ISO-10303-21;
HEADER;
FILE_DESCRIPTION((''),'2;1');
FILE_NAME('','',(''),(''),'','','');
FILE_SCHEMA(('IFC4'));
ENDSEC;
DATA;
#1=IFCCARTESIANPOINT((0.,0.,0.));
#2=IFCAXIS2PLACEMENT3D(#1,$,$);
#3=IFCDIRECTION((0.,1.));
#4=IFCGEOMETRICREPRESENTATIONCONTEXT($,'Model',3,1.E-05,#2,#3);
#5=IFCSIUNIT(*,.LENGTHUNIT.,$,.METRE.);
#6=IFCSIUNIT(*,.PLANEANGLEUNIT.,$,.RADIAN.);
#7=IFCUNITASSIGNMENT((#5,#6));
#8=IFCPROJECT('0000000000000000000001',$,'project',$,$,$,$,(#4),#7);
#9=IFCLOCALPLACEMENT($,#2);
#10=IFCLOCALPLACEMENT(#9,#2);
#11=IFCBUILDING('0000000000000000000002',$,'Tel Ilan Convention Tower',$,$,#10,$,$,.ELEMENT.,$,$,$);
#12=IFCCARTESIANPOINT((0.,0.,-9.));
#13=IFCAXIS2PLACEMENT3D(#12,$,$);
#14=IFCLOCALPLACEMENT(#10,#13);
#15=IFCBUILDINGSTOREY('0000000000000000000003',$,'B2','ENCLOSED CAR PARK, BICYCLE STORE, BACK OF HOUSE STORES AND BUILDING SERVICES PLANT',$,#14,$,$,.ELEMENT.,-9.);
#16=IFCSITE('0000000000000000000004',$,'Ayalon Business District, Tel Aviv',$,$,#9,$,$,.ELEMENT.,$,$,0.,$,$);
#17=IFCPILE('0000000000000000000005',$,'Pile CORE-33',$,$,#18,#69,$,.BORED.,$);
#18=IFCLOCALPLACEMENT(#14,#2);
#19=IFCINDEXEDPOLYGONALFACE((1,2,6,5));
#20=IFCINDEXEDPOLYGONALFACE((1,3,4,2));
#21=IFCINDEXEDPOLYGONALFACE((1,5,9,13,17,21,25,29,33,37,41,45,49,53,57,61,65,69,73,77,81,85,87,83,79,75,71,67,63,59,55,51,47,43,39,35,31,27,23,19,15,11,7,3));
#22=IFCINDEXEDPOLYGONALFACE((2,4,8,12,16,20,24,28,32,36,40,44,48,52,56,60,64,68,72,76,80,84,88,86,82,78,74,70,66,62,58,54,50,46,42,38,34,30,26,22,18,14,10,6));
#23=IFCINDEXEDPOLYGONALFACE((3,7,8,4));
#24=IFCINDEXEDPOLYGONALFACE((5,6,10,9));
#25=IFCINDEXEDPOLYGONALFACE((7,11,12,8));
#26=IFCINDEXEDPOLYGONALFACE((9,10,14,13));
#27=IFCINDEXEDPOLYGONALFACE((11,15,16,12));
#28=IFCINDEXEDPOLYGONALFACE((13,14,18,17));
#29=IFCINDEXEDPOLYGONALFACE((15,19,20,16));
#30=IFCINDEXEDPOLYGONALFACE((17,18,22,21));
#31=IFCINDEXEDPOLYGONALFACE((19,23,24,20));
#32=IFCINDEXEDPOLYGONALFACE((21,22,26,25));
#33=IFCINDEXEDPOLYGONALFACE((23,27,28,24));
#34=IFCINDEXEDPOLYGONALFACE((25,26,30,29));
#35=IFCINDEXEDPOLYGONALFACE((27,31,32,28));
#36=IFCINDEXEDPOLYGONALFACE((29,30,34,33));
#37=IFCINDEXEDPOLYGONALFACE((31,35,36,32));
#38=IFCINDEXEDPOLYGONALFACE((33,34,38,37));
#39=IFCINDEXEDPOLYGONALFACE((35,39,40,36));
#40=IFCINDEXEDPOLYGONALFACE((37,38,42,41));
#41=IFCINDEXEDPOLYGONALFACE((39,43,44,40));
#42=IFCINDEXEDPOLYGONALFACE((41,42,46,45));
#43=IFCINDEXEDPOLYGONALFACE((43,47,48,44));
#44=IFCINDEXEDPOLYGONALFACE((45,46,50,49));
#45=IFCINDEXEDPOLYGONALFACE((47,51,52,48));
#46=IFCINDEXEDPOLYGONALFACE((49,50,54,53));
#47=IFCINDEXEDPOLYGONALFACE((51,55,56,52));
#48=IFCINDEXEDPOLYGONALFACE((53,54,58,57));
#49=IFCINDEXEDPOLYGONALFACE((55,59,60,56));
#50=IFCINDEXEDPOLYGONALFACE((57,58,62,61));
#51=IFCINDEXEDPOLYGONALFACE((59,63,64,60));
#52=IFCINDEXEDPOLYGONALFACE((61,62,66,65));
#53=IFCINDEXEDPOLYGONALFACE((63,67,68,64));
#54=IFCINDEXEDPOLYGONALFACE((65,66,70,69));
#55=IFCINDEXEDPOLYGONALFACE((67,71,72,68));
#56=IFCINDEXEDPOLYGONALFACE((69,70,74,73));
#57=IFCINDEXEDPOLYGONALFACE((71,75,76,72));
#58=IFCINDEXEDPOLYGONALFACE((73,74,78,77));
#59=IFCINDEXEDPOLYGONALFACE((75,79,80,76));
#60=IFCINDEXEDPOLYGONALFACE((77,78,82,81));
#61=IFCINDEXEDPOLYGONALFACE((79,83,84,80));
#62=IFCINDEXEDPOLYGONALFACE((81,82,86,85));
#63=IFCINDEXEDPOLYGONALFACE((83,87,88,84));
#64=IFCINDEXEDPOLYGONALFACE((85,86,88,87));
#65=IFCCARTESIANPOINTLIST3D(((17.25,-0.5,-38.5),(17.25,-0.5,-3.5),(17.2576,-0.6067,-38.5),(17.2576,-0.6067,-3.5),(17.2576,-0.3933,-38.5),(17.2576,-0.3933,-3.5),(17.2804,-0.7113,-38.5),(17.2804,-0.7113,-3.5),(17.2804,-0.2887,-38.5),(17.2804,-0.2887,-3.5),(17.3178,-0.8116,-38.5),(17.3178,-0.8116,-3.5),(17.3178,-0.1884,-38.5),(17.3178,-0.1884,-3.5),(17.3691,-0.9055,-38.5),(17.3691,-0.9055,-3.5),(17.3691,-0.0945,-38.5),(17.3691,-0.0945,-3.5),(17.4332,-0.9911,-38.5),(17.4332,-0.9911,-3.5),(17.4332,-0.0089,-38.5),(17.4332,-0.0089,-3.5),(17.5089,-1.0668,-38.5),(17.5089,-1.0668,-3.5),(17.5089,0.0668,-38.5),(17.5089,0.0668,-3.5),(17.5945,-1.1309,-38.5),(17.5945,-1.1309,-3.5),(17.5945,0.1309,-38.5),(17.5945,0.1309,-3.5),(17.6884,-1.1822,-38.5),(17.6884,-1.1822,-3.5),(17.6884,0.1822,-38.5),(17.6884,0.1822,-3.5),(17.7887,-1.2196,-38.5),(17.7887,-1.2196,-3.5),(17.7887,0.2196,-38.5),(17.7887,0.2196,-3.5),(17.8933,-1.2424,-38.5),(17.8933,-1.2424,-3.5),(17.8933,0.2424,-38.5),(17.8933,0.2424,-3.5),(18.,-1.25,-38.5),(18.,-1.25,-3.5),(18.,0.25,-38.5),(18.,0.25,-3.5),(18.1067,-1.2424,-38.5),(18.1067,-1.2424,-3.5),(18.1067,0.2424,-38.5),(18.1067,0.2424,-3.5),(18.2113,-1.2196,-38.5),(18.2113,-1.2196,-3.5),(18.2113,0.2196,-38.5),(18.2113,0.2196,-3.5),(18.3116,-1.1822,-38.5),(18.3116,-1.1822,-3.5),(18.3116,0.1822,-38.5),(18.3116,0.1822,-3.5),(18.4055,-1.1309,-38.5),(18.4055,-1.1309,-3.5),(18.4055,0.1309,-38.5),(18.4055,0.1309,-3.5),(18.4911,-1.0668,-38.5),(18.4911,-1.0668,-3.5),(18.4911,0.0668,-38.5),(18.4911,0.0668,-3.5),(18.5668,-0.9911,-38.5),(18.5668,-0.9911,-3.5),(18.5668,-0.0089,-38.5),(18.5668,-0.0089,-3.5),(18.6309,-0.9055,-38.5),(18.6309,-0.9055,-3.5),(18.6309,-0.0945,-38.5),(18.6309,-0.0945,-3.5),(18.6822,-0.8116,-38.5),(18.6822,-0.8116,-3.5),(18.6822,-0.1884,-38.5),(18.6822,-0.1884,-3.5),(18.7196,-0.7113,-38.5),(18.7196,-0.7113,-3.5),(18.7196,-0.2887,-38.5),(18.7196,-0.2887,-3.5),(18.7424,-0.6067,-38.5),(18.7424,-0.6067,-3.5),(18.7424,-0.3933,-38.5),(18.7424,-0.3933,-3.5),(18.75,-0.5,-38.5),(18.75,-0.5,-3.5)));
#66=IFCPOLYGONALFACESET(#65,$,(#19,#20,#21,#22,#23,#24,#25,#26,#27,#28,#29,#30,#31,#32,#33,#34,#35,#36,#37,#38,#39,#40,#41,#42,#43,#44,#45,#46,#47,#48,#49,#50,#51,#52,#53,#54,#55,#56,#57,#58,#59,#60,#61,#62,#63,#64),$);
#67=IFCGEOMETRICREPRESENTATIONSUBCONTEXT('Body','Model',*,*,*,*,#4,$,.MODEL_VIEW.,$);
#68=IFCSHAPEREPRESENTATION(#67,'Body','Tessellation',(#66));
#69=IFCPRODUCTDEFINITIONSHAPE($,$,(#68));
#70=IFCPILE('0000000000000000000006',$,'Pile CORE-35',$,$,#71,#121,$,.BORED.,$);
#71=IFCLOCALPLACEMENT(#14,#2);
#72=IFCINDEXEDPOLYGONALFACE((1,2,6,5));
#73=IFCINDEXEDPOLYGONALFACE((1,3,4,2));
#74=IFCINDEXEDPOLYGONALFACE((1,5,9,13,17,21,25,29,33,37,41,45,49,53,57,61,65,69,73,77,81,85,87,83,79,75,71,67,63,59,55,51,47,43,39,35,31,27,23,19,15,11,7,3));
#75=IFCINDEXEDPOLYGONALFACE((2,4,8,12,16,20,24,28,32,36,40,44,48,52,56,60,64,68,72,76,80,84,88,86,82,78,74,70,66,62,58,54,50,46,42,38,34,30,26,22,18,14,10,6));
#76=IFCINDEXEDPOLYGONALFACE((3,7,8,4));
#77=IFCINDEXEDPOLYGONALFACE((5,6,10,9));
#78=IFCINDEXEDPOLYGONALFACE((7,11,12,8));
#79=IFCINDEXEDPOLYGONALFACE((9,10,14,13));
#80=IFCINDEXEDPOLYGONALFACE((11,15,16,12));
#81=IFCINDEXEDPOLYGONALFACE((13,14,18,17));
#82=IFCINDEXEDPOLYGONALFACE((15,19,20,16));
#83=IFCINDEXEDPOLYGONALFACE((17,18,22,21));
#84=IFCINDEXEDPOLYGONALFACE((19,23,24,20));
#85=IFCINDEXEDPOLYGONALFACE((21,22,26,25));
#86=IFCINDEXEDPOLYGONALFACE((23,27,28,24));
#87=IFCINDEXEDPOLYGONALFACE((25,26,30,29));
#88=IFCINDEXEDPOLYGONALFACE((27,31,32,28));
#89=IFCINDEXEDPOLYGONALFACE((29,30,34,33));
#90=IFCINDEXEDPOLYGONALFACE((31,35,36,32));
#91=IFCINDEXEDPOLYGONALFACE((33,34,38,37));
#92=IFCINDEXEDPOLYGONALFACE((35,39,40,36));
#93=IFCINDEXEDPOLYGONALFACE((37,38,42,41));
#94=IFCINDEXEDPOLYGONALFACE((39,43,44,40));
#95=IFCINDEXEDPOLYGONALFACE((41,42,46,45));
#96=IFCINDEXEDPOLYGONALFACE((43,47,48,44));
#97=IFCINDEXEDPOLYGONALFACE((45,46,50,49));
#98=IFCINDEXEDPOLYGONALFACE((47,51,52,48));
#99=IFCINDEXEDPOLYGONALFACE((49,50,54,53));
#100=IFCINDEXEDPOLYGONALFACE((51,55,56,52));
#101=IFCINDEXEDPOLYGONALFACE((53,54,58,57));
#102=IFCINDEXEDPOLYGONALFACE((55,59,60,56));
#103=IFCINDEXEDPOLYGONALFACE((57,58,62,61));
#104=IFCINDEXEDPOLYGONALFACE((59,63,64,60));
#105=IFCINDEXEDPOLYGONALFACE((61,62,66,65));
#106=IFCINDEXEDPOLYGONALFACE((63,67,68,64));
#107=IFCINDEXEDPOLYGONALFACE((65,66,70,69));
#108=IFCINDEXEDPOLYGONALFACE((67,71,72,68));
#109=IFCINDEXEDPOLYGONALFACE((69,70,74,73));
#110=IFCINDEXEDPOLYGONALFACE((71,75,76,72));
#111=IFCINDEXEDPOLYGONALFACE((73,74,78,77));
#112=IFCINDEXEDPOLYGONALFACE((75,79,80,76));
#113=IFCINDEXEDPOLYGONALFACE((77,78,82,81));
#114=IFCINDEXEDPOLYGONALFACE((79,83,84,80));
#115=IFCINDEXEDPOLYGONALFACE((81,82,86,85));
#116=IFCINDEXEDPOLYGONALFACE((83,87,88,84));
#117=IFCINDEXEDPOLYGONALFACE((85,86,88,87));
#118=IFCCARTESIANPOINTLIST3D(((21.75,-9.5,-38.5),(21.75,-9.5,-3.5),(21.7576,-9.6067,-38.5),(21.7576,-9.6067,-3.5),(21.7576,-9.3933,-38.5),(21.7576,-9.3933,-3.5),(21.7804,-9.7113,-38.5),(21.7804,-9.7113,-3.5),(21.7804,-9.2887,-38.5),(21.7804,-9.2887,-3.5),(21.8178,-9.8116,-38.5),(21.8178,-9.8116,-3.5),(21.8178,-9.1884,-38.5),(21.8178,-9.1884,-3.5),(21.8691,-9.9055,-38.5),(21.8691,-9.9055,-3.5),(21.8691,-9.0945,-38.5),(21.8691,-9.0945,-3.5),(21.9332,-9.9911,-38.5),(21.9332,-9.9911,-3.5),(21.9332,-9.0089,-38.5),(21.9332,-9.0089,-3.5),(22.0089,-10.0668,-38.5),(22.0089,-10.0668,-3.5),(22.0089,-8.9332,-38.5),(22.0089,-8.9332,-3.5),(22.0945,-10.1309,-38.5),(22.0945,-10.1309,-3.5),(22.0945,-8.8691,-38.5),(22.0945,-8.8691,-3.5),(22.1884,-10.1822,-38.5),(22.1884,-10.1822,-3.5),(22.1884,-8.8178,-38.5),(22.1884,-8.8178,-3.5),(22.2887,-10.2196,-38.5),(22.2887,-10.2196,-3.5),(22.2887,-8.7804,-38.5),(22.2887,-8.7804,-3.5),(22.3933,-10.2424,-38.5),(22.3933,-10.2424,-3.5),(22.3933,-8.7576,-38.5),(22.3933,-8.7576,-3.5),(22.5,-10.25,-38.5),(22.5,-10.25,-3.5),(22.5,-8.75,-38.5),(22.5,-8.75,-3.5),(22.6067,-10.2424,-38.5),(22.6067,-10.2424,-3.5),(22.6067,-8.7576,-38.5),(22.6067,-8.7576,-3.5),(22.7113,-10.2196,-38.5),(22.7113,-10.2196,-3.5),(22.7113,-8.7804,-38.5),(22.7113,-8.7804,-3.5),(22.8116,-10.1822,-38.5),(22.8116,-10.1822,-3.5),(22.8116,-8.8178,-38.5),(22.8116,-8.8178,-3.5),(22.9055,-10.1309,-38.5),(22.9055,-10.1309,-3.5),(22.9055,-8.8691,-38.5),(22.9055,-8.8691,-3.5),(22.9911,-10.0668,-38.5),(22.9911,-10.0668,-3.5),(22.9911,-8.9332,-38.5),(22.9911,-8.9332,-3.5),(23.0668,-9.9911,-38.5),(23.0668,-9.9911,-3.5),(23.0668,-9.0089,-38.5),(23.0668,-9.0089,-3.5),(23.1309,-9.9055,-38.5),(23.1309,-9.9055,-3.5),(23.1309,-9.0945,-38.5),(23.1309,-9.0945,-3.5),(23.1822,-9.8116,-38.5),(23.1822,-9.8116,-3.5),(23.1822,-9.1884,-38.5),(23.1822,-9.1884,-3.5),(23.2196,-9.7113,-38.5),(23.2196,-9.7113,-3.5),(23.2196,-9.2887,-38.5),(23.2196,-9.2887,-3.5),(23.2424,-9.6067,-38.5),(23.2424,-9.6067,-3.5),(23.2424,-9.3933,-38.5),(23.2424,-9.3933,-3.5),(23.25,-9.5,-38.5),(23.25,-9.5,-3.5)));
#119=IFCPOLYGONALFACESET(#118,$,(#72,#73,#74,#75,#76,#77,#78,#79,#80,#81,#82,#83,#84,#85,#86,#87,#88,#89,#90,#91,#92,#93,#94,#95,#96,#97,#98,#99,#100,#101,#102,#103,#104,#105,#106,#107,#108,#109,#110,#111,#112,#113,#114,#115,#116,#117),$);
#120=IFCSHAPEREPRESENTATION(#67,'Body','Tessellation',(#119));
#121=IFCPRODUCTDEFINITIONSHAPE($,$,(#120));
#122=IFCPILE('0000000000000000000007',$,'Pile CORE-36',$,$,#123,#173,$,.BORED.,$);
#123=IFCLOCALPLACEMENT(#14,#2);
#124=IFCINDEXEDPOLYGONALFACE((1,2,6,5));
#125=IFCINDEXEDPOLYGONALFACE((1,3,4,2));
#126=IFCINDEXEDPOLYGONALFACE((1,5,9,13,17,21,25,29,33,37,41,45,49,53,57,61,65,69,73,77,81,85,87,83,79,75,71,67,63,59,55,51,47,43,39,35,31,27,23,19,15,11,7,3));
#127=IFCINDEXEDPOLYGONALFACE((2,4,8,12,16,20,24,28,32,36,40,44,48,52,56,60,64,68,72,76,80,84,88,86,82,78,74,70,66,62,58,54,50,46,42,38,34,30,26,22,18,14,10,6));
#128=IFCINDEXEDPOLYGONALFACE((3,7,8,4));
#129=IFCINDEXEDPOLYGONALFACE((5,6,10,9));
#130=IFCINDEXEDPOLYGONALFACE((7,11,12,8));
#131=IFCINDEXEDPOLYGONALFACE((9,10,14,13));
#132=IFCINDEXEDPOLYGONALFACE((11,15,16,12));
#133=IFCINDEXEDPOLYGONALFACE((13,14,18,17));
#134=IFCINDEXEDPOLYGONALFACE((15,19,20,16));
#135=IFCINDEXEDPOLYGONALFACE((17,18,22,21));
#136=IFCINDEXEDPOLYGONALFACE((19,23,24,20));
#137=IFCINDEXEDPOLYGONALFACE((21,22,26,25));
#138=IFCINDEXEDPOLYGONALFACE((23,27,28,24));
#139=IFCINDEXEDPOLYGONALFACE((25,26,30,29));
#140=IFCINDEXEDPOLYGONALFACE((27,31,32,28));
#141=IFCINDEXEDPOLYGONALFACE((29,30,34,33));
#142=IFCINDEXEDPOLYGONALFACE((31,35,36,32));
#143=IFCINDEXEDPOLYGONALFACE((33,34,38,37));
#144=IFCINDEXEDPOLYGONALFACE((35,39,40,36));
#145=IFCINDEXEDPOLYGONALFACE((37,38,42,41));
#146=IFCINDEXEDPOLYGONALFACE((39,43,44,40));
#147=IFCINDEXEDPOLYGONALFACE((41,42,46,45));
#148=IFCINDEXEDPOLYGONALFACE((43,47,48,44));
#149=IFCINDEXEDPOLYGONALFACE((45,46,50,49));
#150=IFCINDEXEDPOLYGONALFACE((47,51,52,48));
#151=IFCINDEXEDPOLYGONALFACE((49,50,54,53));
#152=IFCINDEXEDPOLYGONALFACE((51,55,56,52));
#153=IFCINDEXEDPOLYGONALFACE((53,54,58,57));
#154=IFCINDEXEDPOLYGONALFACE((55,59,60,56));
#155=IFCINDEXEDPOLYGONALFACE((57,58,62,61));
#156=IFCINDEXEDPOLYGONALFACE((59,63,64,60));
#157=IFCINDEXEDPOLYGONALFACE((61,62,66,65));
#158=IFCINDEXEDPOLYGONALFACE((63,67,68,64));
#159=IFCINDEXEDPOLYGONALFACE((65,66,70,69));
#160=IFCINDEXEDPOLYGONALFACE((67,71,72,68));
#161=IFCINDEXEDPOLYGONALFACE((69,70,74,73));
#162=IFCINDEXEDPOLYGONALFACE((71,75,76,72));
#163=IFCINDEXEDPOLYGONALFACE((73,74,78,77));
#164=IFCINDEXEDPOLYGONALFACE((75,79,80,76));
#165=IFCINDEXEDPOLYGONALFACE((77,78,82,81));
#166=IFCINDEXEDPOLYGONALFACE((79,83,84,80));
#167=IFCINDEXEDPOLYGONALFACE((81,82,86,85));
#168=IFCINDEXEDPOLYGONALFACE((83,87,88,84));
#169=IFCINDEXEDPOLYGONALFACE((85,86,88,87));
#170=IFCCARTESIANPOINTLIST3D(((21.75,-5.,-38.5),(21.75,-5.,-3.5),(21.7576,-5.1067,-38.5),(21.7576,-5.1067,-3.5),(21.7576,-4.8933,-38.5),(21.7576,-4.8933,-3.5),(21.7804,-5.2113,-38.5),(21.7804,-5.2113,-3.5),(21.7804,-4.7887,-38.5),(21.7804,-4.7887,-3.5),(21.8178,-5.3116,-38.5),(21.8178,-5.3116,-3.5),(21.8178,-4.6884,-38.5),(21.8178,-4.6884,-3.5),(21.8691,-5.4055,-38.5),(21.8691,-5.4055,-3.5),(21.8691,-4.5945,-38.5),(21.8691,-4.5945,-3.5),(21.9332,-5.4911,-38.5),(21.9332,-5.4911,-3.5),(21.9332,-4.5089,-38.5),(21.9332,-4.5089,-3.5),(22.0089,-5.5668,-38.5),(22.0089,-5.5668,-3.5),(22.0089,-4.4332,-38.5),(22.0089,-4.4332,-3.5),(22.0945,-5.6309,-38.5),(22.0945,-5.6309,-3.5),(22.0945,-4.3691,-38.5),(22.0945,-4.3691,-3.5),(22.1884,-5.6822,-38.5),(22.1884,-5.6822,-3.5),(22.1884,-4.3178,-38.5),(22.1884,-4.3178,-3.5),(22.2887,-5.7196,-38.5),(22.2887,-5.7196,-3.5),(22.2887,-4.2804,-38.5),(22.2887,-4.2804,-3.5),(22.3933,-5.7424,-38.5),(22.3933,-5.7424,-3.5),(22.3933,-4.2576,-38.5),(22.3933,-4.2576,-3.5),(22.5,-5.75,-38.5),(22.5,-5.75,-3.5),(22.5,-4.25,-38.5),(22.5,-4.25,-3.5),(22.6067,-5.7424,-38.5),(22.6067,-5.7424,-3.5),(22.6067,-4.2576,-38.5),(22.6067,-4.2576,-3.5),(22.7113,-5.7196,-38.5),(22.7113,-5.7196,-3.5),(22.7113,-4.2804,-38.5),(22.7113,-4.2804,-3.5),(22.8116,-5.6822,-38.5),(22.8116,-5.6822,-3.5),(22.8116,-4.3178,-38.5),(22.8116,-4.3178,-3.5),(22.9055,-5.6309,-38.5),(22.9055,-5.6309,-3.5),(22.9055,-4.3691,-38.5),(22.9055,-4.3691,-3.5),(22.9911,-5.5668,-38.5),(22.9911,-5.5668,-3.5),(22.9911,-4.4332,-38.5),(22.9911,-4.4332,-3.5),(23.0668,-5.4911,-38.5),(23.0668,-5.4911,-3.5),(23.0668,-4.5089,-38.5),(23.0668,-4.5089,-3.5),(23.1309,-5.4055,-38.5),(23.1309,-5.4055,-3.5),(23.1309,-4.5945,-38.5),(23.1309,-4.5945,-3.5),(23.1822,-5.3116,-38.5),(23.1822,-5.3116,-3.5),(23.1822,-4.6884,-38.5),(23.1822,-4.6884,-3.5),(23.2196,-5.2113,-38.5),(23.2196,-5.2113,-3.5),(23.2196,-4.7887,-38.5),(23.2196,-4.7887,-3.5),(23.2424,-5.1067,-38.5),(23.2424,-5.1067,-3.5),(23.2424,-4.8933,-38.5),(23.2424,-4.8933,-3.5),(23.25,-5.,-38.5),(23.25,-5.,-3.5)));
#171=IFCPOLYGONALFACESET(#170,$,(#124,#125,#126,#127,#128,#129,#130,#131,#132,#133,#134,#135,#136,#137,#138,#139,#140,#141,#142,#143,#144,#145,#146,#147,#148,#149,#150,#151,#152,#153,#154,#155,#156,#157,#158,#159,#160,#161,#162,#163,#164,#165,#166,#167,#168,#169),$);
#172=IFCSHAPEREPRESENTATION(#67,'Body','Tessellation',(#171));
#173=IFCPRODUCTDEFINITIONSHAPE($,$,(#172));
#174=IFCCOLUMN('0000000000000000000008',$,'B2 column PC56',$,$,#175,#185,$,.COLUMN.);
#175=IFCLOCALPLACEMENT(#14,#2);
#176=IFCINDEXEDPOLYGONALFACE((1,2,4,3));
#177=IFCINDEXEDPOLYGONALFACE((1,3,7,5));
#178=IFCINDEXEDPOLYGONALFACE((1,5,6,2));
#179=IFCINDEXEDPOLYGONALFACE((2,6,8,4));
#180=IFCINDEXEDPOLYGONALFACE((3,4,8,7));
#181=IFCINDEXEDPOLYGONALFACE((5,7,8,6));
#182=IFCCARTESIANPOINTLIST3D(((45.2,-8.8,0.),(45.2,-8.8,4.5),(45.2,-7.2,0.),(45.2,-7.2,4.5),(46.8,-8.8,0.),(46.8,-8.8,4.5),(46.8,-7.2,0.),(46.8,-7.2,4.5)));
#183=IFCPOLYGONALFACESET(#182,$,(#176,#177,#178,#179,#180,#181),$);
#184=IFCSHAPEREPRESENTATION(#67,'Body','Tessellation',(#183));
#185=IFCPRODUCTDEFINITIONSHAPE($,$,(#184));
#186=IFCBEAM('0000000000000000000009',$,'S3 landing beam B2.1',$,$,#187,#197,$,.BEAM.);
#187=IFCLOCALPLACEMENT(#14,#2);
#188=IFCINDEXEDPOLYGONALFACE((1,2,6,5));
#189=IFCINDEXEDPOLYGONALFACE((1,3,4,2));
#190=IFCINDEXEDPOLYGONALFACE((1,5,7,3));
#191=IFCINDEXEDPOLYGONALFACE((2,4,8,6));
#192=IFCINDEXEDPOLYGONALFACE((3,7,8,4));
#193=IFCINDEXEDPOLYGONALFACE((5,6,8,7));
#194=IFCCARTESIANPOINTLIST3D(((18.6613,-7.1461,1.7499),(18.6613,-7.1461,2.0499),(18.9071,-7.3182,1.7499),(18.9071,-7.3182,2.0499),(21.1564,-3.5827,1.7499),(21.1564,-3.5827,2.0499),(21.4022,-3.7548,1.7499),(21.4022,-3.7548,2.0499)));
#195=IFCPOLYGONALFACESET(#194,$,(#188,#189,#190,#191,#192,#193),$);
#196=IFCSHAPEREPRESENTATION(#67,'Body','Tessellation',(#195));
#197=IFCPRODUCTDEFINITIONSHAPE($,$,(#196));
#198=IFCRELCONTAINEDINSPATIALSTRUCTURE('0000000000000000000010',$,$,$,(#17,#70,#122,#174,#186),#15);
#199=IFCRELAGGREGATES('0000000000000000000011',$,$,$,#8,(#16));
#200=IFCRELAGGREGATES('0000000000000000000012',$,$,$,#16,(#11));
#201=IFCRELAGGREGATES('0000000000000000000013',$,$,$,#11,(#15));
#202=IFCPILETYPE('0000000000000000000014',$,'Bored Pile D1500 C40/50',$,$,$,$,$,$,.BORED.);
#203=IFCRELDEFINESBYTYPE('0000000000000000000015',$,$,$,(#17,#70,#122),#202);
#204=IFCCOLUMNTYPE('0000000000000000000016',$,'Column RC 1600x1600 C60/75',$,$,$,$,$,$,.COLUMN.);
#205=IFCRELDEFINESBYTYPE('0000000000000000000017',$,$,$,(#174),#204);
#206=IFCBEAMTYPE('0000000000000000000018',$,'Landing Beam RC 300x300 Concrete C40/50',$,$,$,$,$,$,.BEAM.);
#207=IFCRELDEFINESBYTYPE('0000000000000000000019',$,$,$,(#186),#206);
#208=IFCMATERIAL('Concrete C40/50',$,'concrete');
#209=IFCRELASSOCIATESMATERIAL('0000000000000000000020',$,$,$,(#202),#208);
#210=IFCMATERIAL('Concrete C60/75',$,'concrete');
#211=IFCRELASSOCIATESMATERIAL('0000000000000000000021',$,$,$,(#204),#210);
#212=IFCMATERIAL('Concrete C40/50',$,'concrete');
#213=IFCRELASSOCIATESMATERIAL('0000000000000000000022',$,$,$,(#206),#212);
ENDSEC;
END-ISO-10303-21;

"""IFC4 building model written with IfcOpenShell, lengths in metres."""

from ifc_helpers import new_model, si_unit, direction, frame, origin, origin_2d, place, context, subcontext, project, spatial, rectangle, circle, extrude, material, material_profile, profile_set, type_object, element, save


model = new_model("IFC4")

# Units and contexts
model_context = context("Model", 3, precision=1e-05, world=origin(), true_north=direction((0.0, 1.0)))
body_context = subcontext(model_context, "Body", "Model", "MODEL_VIEW")
ifc_project = project(units=[si_unit("LENGTHUNIT", "METRE"), si_unit("PLANEANGLEUNIT", "RADIAN")], contexts=[model_context])

# Site, building, storey
site_placement = place(None, origin())
site = spatial("IfcSite", under=ifc_project, at=site_placement, Name="Ayalon Business District, Tel Aviv", CompositionType="ELEMENT", RefElevation=0.0)
building_placement = place(site_placement, origin())
building = spatial("IfcBuilding", under=site, at=building_placement, Name="Tel Ilan Convention Tower", CompositionType="ELEMENT")
storey_placement = place(building_placement, frame((0.0, 0.0, -9.0)))
storey = spatial("IfcBuildingStorey", under=building, at=storey_placement, Name="B2", Description="ENCLOSED CAR PARK, BICYCLE STORE, BACK OF HOUSE STORES AND BUILDING SERVICES PLANT", CompositionType="ELEMENT", Elevation=-9.0)

# Piles
ifc_material_1 = material(Name="Concrete C40/50", Category="concrete")
ifc_material_profile_1 = material_profile(ifc_material_1, circle(Radius=0.75, at=origin_2d()), Name="BORED D1500")
ifc_profile_set_1 = profile_set([ifc_material_profile_1], Name="Concrete C40/50")
pile_type_1 = type_object("IfcPileType", Name="Bored Pile D1500 C40/50", PredefinedType="BORED", material=ifc_profile_set_1)
for number, where, z_axis, x_axis, name in (
    (1, (18.0, -0.5, -3.5), (0.0, 0.0, -1.0), (1.0, 0.0, 0.0), "Pile CORE-33"),
    (2, (22.5, -9.5, -3.5), (0.0, 0.0, -1.0), (1.0, 0.0, 0.0), "Pile CORE-35"),
    (3, (22.5, -5.0, -3.5), (0.0, 0.0, -1.0), (1.0, 0.0, 0.0), "Pile CORE-36"),
):
    element("IfcPile", number, at=place(storey_placement, frame(where, z_axis=z_axis, x_axis=x_axis)), inside=storey, type_object=pile_type_1, Name=name, PredefinedType="BORED", context=body_context, shape_type="SweptSolid", body=[
        extrude(circle(Radius=0.75, at=origin_2d()), origin(), (0.0, 0.0, 1.0), 35.0),
    ])

# Column
ifc_material_2 = material(Name="Concrete C60/75", Category="concrete")
ifc_material_profile_2 = material_profile(ifc_material_2, rectangle(XDim=1.6001, YDim=1.6001, at=origin_2d()), Name="RC 1600x1600")
ifc_profile_set_2 = profile_set([ifc_material_profile_2], Name="Concrete C60/75")
column_type = type_object("IfcColumnType", Name="Column RC 1600x1600 C60/75", PredefinedType="COLUMN", material=ifc_profile_set_2)
column_placement = place(storey_placement, frame((46.0, -8.0, 0.0), z_axis=(0.0, 0.0, 1.0), x_axis=(1.0, 0.0, 0.0)))
element("IfcColumn", 4, at=column_placement, inside=storey, type_object=column_type, Name="B2 column PC56", PredefinedType="COLUMN", context=body_context, shape_type="SweptSolid", body=[
    extrude(rectangle(XDim=1.6001, YDim=1.6001, at=origin_2d()), origin(), (0.0, 0.0, 1.0), 4.5),
])

# Beam
ifc_material_3 = material(Name="Concrete C40/50", Category="concrete")
ifc_material_profile_3 = material_profile(ifc_material_3, rectangle(XDim=0.3, YDim=0.3, at=origin_2d()), Name="RC 300x300")
ifc_profile_set_3 = profile_set([ifc_material_profile_3], Name="Concrete C40/50")
beam_type = type_object("IfcBeamType", Name="Landing Beam RC 300x300 Concrete C40/50", PredefinedType="BEAM", material=ifc_profile_set_3)
for number, where, z_axis, x_axis, name in (
    (5, (21.2793, -3.6687, 1.8999), (-0.573568, -0.819158, 0.0), (0.819158, -0.573568, 0.0), "S3 landing beam B2.1"),
):
    element("IfcBeam", number, at=place(storey_placement, frame(where, z_axis=z_axis, x_axis=x_axis)), inside=storey, type_object=beam_type, Name=name, PredefinedType="BEAM", context=body_context, shape_type="SweptSolid", body=[
        extrude(rectangle(XDim=0.3, YDim=0.3, at=origin_2d()), origin(), (0.0, 0.0, 1.0), 4.3501),
    ])

save(model, "model.ifc")
